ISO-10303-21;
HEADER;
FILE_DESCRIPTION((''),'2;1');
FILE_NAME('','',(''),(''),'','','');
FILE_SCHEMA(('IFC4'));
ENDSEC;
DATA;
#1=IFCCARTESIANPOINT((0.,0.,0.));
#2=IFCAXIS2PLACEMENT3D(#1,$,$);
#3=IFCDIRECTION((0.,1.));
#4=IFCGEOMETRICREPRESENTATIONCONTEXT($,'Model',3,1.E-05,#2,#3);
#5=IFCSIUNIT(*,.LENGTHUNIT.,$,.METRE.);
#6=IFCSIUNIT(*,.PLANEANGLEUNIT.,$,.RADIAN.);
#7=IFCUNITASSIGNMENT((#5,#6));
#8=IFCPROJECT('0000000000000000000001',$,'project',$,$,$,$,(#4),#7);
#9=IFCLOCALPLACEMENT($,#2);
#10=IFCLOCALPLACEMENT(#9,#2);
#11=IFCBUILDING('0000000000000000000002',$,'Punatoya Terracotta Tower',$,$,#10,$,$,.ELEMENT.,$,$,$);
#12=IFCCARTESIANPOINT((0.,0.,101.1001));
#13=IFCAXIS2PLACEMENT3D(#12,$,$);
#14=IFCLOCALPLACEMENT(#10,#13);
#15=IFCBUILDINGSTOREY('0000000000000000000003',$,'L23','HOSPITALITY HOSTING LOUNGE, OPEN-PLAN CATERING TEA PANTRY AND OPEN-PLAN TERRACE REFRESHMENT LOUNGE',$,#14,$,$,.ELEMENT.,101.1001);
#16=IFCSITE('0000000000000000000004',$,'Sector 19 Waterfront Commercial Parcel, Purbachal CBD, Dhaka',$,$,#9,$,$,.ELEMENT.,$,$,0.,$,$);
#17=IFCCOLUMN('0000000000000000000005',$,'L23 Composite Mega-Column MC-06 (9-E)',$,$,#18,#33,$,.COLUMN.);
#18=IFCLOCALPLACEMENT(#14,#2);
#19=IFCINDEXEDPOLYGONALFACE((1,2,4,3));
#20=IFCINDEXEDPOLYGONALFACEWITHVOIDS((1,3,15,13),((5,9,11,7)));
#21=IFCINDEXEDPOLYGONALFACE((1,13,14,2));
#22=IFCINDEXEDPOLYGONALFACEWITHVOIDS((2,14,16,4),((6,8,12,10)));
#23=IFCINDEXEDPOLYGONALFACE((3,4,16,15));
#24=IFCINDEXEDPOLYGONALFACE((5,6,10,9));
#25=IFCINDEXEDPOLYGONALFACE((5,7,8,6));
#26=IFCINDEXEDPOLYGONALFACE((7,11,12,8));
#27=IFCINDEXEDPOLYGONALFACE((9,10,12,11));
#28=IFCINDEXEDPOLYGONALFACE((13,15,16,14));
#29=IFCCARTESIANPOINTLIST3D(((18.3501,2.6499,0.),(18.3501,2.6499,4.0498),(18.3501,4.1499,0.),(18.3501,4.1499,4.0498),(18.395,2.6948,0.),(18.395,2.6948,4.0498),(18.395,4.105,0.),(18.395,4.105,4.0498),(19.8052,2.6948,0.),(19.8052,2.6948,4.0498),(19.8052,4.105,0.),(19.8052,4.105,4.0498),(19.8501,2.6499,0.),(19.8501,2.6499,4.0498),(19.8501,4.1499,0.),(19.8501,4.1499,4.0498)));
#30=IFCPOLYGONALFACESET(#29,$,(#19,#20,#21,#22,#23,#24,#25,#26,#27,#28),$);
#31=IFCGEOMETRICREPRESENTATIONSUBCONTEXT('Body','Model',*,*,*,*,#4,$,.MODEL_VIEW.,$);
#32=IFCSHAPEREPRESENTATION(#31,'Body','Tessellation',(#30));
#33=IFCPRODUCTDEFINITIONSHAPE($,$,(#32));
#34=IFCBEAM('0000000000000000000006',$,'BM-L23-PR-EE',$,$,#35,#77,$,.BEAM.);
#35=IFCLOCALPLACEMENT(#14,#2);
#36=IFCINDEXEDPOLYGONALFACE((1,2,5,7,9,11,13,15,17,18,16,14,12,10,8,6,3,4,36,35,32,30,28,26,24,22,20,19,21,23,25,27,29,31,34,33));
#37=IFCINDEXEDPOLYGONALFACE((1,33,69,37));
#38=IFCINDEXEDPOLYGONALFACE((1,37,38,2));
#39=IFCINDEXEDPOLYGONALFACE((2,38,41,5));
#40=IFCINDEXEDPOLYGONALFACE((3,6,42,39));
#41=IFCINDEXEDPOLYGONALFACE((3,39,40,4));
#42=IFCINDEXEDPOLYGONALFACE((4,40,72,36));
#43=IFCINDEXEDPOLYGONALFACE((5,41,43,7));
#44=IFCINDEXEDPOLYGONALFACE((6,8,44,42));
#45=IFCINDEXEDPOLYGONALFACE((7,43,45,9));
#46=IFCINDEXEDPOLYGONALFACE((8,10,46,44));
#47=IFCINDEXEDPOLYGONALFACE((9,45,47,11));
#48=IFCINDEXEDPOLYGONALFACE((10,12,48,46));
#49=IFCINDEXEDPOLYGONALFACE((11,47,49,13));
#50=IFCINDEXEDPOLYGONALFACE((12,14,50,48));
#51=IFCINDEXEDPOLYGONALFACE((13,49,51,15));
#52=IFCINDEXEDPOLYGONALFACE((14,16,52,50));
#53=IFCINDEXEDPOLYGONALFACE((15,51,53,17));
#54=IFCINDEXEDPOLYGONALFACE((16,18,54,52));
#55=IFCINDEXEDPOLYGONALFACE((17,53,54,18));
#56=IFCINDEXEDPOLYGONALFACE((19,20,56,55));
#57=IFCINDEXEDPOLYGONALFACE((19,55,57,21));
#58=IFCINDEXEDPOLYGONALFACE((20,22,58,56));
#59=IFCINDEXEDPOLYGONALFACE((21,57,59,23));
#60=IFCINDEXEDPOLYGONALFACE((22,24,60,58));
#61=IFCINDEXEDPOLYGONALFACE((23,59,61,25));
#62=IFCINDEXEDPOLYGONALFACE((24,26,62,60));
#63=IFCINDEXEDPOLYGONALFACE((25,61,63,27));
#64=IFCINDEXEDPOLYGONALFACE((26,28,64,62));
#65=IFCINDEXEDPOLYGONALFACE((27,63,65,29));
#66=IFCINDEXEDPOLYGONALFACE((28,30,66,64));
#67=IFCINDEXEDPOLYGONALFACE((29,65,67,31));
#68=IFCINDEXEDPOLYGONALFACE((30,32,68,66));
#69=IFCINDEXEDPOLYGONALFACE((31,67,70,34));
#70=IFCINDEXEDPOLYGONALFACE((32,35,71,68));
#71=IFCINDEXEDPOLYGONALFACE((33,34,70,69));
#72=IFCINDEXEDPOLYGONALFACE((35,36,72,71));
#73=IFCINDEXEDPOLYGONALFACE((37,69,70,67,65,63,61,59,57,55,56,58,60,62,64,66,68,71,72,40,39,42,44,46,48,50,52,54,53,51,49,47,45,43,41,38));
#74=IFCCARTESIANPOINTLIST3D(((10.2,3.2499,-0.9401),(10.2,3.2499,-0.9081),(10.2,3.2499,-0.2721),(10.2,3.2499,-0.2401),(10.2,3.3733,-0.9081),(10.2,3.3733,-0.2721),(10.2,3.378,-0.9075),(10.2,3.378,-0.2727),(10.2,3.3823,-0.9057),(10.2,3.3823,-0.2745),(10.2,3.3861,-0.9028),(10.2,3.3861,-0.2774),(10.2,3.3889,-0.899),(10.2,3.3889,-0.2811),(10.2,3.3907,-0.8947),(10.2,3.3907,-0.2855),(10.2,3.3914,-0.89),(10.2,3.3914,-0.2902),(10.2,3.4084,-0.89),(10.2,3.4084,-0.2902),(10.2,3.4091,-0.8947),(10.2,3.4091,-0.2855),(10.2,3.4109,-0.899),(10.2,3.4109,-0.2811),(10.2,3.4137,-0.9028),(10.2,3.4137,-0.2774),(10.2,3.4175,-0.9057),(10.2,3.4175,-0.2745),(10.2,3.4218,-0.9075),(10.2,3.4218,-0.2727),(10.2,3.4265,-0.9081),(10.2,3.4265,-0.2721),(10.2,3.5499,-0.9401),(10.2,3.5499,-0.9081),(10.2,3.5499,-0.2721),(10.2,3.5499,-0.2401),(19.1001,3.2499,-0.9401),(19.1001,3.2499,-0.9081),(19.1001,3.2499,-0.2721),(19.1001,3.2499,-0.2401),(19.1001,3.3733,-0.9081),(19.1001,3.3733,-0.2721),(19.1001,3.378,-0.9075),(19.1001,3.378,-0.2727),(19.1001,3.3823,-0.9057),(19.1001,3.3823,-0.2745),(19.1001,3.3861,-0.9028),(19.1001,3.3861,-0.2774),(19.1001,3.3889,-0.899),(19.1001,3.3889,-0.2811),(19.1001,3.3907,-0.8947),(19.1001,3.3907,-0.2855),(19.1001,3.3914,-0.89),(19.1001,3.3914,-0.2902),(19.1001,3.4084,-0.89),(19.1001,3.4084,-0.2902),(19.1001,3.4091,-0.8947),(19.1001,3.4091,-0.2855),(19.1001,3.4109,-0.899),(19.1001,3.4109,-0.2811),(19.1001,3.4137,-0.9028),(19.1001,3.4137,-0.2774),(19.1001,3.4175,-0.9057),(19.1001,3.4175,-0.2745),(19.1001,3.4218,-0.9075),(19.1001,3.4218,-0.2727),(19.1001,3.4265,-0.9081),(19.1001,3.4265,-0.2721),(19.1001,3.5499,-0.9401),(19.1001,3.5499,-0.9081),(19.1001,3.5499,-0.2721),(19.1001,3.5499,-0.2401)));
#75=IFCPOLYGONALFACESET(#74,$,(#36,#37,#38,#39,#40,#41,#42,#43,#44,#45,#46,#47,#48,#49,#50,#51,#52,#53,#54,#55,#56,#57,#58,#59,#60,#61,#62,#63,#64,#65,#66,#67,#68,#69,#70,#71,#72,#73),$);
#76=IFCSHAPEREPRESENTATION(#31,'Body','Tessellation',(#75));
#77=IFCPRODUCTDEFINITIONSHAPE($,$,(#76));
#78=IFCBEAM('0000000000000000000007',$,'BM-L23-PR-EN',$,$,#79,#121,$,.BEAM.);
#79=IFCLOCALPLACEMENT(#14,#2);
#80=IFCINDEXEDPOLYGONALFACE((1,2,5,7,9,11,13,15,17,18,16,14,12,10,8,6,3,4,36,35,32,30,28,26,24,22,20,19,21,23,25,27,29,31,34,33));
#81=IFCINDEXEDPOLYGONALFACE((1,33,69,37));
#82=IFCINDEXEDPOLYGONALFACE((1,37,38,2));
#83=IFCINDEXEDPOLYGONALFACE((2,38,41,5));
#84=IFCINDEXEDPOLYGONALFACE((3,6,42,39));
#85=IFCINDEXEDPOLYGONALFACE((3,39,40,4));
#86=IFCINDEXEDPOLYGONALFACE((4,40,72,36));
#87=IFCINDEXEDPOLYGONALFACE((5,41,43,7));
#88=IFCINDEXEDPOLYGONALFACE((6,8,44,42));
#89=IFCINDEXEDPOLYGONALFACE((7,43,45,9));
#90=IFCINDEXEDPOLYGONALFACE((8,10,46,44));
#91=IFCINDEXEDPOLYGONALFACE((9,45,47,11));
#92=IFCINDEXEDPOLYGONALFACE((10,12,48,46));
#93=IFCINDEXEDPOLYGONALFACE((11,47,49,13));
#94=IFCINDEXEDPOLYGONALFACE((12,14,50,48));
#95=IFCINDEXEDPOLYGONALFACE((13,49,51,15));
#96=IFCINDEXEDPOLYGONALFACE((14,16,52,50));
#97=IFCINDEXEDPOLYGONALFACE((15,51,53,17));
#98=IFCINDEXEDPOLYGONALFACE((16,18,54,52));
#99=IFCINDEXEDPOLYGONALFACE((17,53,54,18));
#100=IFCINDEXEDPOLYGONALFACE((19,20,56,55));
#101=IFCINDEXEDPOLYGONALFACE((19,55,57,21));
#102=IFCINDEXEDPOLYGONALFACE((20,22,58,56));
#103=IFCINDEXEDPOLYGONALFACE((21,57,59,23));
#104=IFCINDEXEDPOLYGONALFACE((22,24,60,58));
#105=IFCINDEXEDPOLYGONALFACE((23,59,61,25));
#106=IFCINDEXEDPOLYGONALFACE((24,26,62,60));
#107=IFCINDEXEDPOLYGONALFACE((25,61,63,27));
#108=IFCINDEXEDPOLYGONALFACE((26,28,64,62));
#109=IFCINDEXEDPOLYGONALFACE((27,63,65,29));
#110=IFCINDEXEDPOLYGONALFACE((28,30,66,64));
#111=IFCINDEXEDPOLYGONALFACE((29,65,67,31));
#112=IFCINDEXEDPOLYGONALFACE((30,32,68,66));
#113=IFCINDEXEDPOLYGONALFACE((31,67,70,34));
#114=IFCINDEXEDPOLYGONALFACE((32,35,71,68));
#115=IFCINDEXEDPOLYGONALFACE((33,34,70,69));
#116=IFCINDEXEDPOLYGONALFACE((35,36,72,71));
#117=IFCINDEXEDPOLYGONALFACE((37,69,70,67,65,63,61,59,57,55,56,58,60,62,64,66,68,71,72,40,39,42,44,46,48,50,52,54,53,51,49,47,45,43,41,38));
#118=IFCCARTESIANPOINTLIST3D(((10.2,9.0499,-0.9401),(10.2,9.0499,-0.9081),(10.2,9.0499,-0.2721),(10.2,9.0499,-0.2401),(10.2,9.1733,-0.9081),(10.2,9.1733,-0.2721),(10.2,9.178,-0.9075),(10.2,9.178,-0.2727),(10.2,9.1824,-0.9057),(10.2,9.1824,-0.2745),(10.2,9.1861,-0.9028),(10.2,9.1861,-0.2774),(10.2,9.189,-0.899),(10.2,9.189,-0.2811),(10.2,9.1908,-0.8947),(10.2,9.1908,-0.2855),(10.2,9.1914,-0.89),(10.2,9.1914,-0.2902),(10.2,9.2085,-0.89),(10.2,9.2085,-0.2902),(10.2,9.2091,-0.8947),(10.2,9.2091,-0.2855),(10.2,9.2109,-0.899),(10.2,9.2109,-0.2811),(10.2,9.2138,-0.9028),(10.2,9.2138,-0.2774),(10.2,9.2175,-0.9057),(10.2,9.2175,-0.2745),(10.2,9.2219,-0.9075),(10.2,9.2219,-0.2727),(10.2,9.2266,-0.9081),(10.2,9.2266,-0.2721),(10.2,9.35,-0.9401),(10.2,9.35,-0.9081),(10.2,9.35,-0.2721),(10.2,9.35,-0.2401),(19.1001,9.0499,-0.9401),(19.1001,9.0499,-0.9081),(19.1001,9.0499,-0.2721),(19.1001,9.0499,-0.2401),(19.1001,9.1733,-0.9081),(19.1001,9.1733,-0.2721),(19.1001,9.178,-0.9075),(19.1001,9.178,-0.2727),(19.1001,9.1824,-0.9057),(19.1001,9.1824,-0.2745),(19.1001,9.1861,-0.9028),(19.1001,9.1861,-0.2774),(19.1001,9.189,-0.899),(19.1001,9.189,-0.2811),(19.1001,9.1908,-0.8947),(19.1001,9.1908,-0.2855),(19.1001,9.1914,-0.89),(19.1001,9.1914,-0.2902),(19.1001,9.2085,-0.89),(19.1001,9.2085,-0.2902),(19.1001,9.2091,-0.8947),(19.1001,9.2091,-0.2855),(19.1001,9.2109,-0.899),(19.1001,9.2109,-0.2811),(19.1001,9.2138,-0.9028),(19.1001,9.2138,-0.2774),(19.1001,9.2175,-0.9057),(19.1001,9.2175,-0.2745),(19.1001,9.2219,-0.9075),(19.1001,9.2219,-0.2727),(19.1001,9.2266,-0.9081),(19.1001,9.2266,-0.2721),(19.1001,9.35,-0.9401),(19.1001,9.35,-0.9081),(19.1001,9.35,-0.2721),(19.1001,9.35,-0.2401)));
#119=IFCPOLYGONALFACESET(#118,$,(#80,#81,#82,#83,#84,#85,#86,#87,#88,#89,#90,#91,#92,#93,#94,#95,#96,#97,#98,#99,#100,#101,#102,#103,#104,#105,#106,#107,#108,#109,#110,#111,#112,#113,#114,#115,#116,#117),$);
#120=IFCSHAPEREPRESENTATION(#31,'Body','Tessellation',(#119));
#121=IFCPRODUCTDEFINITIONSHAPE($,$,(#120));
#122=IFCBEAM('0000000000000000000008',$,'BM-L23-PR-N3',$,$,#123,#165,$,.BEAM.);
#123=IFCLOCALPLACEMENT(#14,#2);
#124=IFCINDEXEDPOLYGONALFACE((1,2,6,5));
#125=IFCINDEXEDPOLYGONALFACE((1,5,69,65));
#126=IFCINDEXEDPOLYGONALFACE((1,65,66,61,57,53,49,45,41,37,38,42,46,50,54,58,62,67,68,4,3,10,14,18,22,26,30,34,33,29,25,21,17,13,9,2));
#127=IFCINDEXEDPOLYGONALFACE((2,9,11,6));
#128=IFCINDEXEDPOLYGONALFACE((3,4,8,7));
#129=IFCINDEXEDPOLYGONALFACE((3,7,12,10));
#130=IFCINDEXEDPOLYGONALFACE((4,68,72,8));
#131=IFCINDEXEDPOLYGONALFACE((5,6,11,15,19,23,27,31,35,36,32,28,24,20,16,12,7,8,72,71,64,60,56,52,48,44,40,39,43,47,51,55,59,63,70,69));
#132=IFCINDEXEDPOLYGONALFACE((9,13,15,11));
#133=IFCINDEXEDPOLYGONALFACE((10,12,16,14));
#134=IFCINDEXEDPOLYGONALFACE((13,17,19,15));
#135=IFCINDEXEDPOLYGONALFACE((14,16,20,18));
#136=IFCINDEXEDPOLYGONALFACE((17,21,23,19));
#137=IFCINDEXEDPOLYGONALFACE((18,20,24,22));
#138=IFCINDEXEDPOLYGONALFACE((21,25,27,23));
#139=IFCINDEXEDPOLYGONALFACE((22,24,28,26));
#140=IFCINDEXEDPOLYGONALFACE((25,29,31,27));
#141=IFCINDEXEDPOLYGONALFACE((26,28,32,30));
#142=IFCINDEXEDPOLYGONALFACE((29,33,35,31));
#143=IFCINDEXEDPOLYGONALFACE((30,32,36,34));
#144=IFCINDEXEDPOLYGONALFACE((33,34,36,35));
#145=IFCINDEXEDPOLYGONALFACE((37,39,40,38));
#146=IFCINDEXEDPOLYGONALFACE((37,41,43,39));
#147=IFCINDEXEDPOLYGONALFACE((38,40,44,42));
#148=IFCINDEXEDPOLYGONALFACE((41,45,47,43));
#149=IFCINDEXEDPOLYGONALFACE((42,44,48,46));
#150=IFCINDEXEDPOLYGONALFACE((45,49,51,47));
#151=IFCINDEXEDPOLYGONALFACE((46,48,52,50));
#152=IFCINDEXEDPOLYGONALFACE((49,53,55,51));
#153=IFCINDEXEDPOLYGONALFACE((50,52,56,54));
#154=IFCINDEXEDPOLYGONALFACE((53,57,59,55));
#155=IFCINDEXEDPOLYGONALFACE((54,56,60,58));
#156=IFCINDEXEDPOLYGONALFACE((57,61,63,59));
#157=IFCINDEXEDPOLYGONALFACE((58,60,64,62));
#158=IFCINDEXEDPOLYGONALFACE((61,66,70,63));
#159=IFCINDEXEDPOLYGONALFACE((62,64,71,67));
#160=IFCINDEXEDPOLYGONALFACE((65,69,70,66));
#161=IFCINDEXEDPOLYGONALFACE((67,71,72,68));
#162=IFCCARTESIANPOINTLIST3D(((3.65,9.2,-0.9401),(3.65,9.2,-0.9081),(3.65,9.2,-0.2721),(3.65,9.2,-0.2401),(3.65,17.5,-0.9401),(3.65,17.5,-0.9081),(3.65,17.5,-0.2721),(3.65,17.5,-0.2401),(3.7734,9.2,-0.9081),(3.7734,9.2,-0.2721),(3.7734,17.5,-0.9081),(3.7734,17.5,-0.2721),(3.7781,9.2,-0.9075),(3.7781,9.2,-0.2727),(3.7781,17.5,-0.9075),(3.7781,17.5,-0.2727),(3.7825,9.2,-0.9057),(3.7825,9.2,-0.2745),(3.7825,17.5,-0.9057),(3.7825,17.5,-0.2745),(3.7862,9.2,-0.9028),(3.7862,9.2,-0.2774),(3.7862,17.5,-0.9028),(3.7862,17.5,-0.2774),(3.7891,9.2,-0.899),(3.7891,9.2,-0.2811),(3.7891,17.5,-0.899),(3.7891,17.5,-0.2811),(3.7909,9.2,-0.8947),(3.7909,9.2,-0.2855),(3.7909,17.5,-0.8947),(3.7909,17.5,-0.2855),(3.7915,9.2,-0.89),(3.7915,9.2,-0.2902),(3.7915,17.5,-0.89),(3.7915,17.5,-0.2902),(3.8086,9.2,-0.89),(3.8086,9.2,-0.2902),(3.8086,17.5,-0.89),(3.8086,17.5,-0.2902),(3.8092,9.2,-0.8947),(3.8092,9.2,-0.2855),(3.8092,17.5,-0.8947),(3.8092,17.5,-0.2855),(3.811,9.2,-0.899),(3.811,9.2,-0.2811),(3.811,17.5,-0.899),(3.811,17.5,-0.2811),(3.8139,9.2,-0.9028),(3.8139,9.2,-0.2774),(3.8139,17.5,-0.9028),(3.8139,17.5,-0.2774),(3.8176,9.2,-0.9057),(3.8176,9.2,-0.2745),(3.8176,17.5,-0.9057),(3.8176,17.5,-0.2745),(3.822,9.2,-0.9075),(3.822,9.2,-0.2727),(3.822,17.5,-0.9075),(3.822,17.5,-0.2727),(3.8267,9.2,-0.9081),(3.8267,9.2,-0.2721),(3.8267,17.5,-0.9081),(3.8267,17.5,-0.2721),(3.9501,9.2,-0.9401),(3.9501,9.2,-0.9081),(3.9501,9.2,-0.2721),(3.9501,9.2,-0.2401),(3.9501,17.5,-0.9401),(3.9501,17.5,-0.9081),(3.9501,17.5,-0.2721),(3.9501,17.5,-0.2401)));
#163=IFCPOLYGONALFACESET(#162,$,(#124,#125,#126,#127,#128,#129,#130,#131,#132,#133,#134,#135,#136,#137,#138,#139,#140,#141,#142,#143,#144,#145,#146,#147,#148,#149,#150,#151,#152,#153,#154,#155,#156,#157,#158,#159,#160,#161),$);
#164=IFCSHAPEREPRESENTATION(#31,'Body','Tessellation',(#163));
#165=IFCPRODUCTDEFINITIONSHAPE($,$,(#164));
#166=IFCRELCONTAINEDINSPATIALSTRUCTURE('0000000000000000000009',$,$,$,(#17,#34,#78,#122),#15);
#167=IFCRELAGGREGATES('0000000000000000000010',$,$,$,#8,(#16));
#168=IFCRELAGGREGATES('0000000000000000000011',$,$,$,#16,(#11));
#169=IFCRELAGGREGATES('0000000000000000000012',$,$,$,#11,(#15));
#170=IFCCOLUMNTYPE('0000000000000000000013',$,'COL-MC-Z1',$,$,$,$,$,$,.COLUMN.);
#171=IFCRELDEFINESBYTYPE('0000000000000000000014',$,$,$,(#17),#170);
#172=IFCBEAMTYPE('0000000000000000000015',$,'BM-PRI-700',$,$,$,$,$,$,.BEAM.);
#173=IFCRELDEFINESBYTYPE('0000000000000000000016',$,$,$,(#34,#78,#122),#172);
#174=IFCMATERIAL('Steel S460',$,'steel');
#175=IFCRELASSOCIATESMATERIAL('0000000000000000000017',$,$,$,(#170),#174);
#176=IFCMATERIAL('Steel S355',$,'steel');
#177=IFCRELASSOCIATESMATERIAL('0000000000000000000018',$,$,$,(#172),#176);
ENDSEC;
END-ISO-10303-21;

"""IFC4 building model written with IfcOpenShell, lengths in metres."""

from ifc_helpers import new_model, si_unit, direction, frame, origin, origin_2d, place, context, subcontext, project, spatial, hollow_rectangle, i_section, extrude, material, material_profile, profile_set, type_object, element, save


model = new_model("IFC4")

# Units and contexts
model_context = context("Model", 3, precision=1e-05, world=origin(), true_north=direction((0.0, 1.0)))
body_context = subcontext(model_context, "Body", "Model", "MODEL_VIEW")
ifc_project = project(units=[si_unit("LENGTHUNIT", "METRE"), si_unit("PLANEANGLEUNIT", "RADIAN")], contexts=[model_context])

# Site, building, storey
site_placement = place(None, origin())
site = spatial("IfcSite", under=ifc_project, at=site_placement, Name="Sector 19 Waterfront Commercial Parcel, Purbachal CBD, Dhaka", CompositionType="ELEMENT", RefElevation=0.0)
building_placement = place(site_placement, origin())
building = spatial("IfcBuilding", under=site, at=building_placement, Name="Punatoya Terracotta Tower", CompositionType="ELEMENT")
storey_placement = place(building_placement, frame((0.0, 0.0, 101.1001)))
storey = spatial("IfcBuildingStorey", under=building, at=storey_placement, Name="L23", Description="HOSPITALITY HOSTING LOUNGE, OPEN-PLAN CATERING TEA PANTRY AND OPEN-PLAN TERRACE REFRESHMENT LOUNGE", CompositionType="ELEMENT", Elevation=101.1001)

# Column
ifc_material_1 = material(Name="Steel S460", Category="steel")
ifc_material_profile_1 = material_profile(ifc_material_1, hollow_rectangle(XDim=1.5, YDim=1.5, WallThickness=0.0449, at=origin_2d()))
ifc_profile_set_1 = profile_set([ifc_material_profile_1], Name="Steel S460")
column_type = type_object("IfcColumnType", Name="COL-MC-Z1", PredefinedType="COLUMN", material=ifc_profile_set_1)
column_placement = place(storey_placement, frame((19.1001, 3.3999, 0.0), z_axis=(0.0, 0.0, 1.0), x_axis=(1.0, 0.0, 0.0)))
element("IfcColumn", 1, at=column_placement, inside=storey, type_object=column_type, Name="L23 Composite Mega-Column MC-06 (9-E)", PredefinedType="COLUMN", context=body_context, shape_type="SweptSolid", body=[
    extrude(hollow_rectangle(XDim=1.5, YDim=1.5, WallThickness=0.0449, at=origin_2d()), origin(), (0.0, 0.0, 1.0), 4.0498),
])

# Beams
ifc_material_2 = material(Name="Steel S355", Category="steel")
ifc_material_profile_2 = material_profile(ifc_material_2, i_section(OverallWidth=0.3, OverallDepth=0.7, WebThickness=0.0171, FlangeThickness=0.032, FilletRadius=0.0181, at=origin_2d()))
ifc_profile_set_2 = profile_set([ifc_material_profile_2], Name="Steel S355")
beam_type_1 = type_object("IfcBeamType", Name="BM-PRI-700", PredefinedType="BEAM", material=ifc_profile_set_2)
for number, where, z_axis, x_axis, name in (
    (2, (10.2, 3.3999, -0.5901), (1.0, 0.0, 0.0), (0.0, 1.0, 0.0), "BM-L23-PR-EE"),
    (3, (10.2, 9.2, -0.5901), (1.0, 0.0, 0.0), (0.0, 1.0, 0.0), "BM-L23-PR-EN"),
):
    element("IfcBeam", number, at=place(storey_placement, frame(where, z_axis=z_axis, x_axis=x_axis)), inside=storey, type_object=beam_type_1, Name=name, PredefinedType="BEAM", context=body_context, shape_type="SweptSolid", body=[
        extrude(i_section(OverallWidth=0.3, OverallDepth=0.7, WebThickness=0.0171, FlangeThickness=0.032, FilletRadius=0.0181, at=origin_2d()), origin(), (0.0, 0.0, 1.0), 8.9001),
    ])
beam_placement = place(storey_placement, frame((3.8, 9.2, -0.5901), z_axis=(0.0, 1.0, 0.0), x_axis=(-1.0, 0.0, 0.0)))
element("IfcBeam", 4, at=beam_placement, inside=storey, type_object=beam_type_1, Name="BM-L23-PR-N3", PredefinedType="BEAM", context=body_context, shape_type="SweptSolid", body=[
    extrude(i_section(OverallWidth=0.3, OverallDepth=0.7, WebThickness=0.0171, FlangeThickness=0.032, FilletRadius=0.0181, at=origin_2d()), origin(), (0.0, 0.0, 1.0), 8.3),
])

save(model, "model.ifc")
